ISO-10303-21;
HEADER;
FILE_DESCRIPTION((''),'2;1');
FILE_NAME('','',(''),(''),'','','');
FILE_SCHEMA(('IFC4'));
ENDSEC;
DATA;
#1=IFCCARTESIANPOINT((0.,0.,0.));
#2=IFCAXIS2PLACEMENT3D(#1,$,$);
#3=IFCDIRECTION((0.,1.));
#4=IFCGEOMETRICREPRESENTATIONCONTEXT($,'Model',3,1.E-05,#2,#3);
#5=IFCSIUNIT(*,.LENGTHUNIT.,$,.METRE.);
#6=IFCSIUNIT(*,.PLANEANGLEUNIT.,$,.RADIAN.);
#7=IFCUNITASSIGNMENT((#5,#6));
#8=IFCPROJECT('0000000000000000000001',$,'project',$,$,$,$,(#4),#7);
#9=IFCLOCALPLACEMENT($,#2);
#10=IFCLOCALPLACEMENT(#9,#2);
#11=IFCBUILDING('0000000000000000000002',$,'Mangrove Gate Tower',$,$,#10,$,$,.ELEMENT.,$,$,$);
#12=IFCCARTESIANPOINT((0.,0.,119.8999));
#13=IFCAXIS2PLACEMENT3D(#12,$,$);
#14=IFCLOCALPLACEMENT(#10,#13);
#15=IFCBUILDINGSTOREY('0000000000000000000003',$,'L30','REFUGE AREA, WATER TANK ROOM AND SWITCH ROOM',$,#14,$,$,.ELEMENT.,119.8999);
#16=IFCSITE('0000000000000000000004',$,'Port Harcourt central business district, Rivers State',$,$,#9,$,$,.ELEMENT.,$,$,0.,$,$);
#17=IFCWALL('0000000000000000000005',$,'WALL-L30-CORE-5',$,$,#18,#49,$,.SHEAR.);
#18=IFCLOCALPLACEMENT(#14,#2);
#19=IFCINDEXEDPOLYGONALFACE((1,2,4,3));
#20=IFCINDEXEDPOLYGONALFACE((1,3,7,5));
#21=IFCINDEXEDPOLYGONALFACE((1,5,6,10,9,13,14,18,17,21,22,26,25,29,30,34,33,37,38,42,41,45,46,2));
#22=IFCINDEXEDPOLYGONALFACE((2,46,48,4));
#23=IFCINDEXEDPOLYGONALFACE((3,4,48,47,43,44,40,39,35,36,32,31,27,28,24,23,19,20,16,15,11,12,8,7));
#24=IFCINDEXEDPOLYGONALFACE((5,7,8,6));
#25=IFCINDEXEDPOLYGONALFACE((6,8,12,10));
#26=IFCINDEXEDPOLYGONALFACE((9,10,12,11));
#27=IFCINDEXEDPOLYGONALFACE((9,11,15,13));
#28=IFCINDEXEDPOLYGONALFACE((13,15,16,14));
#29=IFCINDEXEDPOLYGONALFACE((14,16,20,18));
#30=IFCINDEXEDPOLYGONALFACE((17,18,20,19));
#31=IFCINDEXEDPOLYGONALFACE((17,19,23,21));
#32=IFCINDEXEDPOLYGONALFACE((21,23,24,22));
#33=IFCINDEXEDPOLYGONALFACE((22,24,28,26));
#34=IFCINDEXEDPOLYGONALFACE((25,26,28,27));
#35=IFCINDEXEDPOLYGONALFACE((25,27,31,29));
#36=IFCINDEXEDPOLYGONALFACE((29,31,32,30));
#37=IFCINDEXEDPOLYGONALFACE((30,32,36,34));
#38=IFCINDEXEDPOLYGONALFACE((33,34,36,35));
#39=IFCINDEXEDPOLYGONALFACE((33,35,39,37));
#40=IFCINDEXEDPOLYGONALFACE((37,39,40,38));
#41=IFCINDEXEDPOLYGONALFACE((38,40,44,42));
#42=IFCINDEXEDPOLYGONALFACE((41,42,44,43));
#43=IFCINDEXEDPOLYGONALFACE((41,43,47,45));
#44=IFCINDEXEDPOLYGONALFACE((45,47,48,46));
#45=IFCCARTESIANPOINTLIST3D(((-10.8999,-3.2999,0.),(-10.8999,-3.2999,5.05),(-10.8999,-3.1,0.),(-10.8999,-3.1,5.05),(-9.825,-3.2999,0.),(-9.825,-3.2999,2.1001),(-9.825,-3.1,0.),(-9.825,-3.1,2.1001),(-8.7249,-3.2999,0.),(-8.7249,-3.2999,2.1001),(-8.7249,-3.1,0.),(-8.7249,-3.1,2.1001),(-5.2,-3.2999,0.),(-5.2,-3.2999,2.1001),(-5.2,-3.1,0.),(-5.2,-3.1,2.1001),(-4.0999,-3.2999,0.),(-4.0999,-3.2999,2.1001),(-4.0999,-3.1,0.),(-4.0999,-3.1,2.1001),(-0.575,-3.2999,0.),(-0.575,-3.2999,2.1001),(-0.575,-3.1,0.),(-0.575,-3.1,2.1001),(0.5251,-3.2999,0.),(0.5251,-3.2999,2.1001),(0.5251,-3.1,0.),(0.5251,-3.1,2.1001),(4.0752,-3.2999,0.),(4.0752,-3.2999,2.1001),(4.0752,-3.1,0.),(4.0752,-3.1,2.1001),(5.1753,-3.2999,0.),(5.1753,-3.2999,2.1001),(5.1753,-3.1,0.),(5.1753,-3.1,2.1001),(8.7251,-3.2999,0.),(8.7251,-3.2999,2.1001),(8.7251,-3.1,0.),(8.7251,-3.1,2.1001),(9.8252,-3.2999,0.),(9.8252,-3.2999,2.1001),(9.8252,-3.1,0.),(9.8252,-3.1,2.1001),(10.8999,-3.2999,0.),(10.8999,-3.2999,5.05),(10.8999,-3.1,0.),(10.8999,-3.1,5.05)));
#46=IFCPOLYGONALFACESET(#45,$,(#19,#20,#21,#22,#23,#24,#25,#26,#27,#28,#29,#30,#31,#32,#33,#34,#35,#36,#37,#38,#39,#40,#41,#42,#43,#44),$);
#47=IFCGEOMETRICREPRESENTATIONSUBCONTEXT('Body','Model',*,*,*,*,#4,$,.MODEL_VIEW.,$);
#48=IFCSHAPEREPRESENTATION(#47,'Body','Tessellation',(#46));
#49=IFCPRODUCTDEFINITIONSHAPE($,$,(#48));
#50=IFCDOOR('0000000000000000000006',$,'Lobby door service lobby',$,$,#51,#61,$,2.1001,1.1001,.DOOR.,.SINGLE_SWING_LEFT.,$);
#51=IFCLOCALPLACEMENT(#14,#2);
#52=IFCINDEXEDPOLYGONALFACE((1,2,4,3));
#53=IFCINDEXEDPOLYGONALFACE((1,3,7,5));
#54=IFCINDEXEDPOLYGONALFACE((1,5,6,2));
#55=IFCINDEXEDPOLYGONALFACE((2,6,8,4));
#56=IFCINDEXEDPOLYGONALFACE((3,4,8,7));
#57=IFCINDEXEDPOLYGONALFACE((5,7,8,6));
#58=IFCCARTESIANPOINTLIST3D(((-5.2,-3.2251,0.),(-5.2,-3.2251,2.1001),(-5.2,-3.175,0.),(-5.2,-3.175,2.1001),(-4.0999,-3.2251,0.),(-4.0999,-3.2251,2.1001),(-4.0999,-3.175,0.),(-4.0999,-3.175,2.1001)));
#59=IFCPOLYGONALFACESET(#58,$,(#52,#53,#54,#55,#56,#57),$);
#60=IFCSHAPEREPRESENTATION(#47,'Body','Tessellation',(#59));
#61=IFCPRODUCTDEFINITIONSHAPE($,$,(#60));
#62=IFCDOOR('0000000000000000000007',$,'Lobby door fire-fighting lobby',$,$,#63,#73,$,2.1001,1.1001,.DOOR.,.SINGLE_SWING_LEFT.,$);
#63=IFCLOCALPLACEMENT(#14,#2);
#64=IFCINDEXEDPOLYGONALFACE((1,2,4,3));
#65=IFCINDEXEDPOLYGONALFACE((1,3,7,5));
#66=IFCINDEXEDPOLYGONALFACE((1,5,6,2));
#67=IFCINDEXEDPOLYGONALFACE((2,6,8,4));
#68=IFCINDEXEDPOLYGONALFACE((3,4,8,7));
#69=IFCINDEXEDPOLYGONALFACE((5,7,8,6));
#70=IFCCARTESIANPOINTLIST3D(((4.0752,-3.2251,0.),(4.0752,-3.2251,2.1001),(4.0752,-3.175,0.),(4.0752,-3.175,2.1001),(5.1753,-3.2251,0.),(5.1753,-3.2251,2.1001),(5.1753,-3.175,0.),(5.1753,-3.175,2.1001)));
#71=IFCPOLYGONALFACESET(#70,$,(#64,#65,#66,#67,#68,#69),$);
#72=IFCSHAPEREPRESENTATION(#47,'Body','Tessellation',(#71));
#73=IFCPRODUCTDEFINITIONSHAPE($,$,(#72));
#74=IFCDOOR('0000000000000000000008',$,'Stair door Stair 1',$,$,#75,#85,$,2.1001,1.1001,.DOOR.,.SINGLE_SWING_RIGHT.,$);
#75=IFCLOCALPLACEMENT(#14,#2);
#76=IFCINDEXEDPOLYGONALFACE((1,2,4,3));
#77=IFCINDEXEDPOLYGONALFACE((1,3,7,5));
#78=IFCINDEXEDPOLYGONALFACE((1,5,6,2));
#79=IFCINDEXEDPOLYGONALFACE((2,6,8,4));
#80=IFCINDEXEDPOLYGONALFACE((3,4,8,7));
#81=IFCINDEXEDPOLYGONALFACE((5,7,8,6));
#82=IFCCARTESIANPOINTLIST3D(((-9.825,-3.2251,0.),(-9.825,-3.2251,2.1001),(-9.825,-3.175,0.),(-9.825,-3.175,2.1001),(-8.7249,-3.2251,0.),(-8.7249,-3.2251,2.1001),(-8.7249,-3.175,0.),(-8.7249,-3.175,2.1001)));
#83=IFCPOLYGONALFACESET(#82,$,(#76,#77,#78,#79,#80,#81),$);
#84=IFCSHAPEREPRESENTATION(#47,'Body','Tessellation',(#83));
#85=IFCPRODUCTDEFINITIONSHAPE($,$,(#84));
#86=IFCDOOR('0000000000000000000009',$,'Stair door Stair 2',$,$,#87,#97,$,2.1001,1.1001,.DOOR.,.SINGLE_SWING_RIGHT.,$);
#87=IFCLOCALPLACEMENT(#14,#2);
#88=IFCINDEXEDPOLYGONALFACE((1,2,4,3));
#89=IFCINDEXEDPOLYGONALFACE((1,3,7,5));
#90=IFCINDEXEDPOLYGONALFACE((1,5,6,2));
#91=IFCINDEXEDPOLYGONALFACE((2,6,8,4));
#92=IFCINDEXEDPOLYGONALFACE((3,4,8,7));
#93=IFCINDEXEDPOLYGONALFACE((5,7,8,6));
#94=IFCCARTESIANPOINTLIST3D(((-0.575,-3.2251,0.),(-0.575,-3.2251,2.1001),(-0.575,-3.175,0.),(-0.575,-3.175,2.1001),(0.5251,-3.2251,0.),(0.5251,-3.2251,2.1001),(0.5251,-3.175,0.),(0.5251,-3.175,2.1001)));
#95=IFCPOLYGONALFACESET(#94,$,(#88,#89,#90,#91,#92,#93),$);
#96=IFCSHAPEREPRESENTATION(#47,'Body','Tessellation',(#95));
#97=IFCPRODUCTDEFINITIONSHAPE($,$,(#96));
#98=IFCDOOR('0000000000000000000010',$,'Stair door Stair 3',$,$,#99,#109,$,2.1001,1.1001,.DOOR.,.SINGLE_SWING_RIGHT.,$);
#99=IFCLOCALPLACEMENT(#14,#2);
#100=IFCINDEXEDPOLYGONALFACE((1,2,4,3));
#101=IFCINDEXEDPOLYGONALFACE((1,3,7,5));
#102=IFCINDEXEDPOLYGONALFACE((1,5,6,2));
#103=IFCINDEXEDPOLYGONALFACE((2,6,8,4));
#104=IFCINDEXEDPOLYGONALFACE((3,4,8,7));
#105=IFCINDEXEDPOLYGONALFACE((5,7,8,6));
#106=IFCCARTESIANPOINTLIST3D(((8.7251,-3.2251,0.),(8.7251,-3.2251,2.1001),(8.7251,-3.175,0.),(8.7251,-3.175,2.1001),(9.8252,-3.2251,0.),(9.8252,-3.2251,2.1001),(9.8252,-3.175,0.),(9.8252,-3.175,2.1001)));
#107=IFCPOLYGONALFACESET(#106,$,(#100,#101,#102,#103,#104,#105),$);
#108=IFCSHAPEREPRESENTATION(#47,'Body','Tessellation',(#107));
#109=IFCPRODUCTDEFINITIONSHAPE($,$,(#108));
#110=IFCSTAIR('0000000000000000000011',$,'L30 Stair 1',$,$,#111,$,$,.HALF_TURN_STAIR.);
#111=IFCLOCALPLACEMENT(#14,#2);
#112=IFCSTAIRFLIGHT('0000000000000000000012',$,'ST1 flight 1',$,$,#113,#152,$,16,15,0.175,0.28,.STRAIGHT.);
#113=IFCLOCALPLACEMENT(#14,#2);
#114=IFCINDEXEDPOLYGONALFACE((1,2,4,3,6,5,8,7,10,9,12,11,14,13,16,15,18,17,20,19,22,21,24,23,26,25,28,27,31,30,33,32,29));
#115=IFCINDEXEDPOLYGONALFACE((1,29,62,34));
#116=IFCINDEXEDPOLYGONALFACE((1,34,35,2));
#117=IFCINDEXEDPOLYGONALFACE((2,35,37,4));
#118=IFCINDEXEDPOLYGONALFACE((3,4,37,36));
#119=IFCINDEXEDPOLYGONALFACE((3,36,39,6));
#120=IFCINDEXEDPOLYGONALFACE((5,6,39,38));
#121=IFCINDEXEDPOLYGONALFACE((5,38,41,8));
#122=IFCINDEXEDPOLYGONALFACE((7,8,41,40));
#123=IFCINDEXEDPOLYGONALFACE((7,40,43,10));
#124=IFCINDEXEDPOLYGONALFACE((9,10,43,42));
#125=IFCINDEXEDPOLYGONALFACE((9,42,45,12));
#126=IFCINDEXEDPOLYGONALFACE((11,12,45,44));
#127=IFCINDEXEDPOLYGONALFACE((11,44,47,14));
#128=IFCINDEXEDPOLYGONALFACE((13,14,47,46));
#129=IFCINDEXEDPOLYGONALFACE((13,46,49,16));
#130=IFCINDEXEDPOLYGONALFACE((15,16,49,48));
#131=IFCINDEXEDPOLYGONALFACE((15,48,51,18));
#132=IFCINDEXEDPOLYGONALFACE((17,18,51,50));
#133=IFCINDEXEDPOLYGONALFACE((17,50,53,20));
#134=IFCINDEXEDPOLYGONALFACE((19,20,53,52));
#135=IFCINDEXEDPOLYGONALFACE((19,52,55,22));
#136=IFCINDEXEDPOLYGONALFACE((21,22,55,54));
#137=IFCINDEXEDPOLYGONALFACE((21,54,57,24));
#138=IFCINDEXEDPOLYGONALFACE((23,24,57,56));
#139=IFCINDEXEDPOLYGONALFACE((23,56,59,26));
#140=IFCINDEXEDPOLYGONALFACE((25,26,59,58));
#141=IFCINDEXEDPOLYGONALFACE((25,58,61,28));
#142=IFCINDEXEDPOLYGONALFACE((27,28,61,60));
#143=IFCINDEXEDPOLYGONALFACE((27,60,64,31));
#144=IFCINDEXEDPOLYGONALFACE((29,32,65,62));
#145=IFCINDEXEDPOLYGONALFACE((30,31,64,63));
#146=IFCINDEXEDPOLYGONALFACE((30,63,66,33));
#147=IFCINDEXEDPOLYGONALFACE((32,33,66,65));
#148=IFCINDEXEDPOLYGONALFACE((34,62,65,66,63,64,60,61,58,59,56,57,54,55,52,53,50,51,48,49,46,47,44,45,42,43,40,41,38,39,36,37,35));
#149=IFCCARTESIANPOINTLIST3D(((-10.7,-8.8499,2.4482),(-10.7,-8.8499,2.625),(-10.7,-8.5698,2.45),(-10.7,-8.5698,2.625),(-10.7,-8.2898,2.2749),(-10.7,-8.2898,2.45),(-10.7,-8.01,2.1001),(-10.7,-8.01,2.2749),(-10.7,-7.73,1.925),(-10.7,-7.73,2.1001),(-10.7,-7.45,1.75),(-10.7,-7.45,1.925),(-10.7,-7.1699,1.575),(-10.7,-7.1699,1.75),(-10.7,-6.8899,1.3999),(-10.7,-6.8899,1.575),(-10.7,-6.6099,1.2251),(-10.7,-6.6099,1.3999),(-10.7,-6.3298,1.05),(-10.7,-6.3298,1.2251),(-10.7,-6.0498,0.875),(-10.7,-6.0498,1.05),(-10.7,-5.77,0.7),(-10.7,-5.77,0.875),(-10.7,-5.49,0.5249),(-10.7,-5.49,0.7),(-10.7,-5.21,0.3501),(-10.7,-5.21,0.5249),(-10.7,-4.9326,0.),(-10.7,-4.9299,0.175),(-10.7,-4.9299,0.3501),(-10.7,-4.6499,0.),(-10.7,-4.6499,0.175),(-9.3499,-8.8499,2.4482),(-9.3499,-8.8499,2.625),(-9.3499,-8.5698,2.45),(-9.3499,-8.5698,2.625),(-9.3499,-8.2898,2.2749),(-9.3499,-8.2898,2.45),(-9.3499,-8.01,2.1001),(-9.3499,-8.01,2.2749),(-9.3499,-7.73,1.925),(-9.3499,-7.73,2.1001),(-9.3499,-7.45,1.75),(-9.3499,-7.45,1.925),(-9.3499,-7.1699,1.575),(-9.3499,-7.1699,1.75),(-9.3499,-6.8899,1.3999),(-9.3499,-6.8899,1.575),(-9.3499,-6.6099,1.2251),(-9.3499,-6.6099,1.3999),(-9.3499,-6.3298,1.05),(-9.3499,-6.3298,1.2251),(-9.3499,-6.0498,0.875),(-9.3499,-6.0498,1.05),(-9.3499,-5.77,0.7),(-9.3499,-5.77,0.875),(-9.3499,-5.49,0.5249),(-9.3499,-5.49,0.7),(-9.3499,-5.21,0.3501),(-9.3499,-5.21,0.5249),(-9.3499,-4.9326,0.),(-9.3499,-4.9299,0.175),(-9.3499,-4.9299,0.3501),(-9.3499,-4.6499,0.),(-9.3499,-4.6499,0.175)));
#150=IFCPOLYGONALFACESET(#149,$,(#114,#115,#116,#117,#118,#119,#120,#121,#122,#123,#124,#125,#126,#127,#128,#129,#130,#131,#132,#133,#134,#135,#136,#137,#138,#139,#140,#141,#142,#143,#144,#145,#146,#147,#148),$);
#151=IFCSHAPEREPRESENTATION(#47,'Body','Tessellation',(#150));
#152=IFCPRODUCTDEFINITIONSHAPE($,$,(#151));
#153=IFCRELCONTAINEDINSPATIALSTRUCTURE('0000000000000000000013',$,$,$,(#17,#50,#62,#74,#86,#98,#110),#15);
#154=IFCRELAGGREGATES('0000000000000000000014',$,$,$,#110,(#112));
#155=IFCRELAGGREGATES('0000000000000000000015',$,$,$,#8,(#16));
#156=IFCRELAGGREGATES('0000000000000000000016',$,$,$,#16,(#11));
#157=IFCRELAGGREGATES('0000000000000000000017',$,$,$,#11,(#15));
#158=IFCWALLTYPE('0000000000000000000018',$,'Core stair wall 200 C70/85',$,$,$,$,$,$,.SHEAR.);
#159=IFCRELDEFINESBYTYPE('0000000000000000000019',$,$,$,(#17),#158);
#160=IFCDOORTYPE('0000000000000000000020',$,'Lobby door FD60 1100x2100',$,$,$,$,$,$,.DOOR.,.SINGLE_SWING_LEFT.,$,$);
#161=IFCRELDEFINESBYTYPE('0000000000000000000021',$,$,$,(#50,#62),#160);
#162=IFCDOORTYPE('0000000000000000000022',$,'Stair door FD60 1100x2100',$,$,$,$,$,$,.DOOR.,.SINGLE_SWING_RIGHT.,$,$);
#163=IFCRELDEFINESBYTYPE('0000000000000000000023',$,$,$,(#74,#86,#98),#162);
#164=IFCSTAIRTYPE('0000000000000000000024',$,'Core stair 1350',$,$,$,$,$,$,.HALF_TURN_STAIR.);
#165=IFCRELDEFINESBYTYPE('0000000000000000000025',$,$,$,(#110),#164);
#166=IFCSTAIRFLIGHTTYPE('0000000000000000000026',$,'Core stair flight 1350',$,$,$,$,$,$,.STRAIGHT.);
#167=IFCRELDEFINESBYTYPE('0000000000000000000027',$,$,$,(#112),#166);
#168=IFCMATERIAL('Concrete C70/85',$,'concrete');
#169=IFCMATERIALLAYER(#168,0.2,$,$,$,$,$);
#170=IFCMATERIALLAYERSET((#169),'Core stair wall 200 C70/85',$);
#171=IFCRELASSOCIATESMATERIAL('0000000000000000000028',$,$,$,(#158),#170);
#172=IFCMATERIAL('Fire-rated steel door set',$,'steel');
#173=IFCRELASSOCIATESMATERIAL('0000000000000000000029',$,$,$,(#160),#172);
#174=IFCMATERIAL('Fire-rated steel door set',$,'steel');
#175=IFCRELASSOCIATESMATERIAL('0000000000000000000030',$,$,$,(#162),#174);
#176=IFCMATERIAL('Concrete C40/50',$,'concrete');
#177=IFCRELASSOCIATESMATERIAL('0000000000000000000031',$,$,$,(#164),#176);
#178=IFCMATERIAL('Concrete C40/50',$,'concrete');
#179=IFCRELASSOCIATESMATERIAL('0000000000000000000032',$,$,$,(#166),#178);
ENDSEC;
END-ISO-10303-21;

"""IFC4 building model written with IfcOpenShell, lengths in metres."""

from ifc_helpers import new_model, si_unit, direction, frame, frame_2d, origin, place, context, subcontext, project, spatial, polyline, rectangle, outline, extrude, material, layer, layer_set, type_object, element, fill, aggregate, save


model = new_model("IFC4")

# Units and contexts
model_context = context("Model", 3, precision=1e-05, world=origin(), true_north=direction((0.0, 1.0)))
body_context = subcontext(model_context, "Body", "Model", "MODEL_VIEW")
ifc_project = project(units=[si_unit("LENGTHUNIT", "METRE"), si_unit("PLANEANGLEUNIT", "RADIAN")], contexts=[model_context])

# Site, building, storey
site_placement = place(None, origin())
site = spatial("IfcSite", under=ifc_project, at=site_placement, Name="Port Harcourt central business district, Rivers State", CompositionType="ELEMENT", RefElevation=0.0)
building_placement = place(site_placement, origin())
building = spatial("IfcBuilding", under=site, at=building_placement, Name="Mangrove Gate Tower", CompositionType="ELEMENT")
storey_placement = place(building_placement, frame((0.0, 0.0, 119.8999)))
storey = spatial("IfcBuildingStorey", under=building, at=storey_placement, Name="L30", Description="REFUGE AREA, WATER TANK ROOM AND SWITCH ROOM", CompositionType="ELEMENT", Elevation=119.8999)

# Wall, openings, doors
ifc_material_1 = material(Name="Concrete C70/85", Category="concrete")
ifc_layer_1 = layer(ifc_material_1, 0.2)
ifc_layer_set_1 = layer_set([ifc_layer_1], Name="Core stair wall 200 C70/85")
wall_type_1 = type_object("IfcWallType", Name="Core stair wall 200 C70/85", PredefinedType="SHEAR", material=ifc_layer_set_1)
wall_1_placement = place(storey_placement, frame((-10.8999, -3.2, 0.0), z_axis=(0.0, 0.0, 1.0), x_axis=(1.0, 0.0, 0.0)))
wall_1 = element("IfcWall", 1, at=wall_1_placement, inside=storey, type_object=wall_type_1, Name="WALL-L30-CORE-5", PredefinedType="SHEAR", context=body_context, shape_type="SweptSolid", body=[
    extrude(rectangle(XDim=21.7998, YDim=0.2, at=frame_2d((10.8999, 0.0))), origin(), (0.0, 0.0, 1.0), 5.05),
])
opening_1_placement = place(wall_1_placement, frame((1.075, 0.0, 0.0)))
opening_1 = element("IfcOpeningElement", 2, at=opening_1_placement, cuts=wall_1, PredefinedType="OPENING", context=body_context, shape_type="SweptSolid", body=[
    extrude(rectangle(XDim=1.1001, YDim=2.1001, at=frame_2d((0.55, 1.05))), frame((0.0, 0.1099, 0.0), z_axis=(0.0, -1.0, 0.0), x_axis=(1.0, 0.0, 0.0)), (0.0, 0.0, 1.0), 0.22),
])
opening_2_placement = place(wall_1_placement, frame((10.325, 0.0, 0.0)))
opening_2 = element("IfcOpeningElement", 3, at=opening_2_placement, cuts=wall_1, PredefinedType="OPENING", context=body_context, shape_type="SweptSolid", body=[
    extrude(rectangle(XDim=1.1001, YDim=2.1001, at=frame_2d((0.55, 1.05))), frame((0.0, 0.1099, 0.0), z_axis=(0.0, -1.0, 0.0), x_axis=(1.0, 0.0, 0.0)), (0.0, 0.0, 1.0), 0.22),
])
opening_3_placement = place(wall_1_placement, frame((19.625, 0.0, 0.0)))
opening_3 = element("IfcOpeningElement", 4, at=opening_3_placement, cuts=wall_1, PredefinedType="OPENING", context=body_context, shape_type="SweptSolid", body=[
    extrude(rectangle(XDim=1.1001, YDim=2.1001, at=frame_2d((0.55, 1.05))), frame((0.0, 0.1099, 0.0), z_axis=(0.0, -1.0, 0.0), x_axis=(1.0, 0.0, 0.0)), (0.0, 0.0, 1.0), 0.22),
])
opening_4_placement = place(wall_1_placement, frame((5.7, 0.0, 0.0)))
opening_4 = element("IfcOpeningElement", 5, at=opening_4_placement, cuts=wall_1, PredefinedType="OPENING", context=body_context, shape_type="SweptSolid", body=[
    extrude(rectangle(XDim=1.1001, YDim=2.1001, at=frame_2d((0.55, 1.05))), frame((0.0, 0.1099, 0.0), z_axis=(0.0, -1.0, 0.0), x_axis=(1.0, 0.0, 0.0)), (0.0, 0.0, 1.0), 0.22),
])
opening_5_placement = place(wall_1_placement, frame((14.9751, 0.0, 0.0)))
opening_5 = element("IfcOpeningElement", 6, at=opening_5_placement, cuts=wall_1, PredefinedType="OPENING", context=body_context, shape_type="SweptSolid", body=[
    extrude(rectangle(XDim=1.1001, YDim=2.1001, at=frame_2d((0.55, 1.05))), frame((0.0, 0.1099, 0.0), z_axis=(0.0, -1.0, 0.0), x_axis=(1.0, 0.0, 0.0)), (0.0, 0.0, 1.0), 0.22),
])
ifc_material_2 = material(Name="Fire-rated steel door set", Category="steel")
door_type_1 = type_object("IfcDoorType", Name="Lobby door FD60 1100x2100", OperationType="SINGLE_SWING_LEFT", PredefinedType="DOOR", material=ifc_material_2)
door_1_placement = place(opening_4_placement, origin())
door_1 = element("IfcDoor", 7, at=door_1_placement, inside=storey, type_object=door_type_1, Name="Lobby door service lobby", OperationType="SINGLE_SWING_LEFT", OverallHeight=2.1001, OverallWidth=1.1001, PredefinedType="DOOR", context=body_context, shape_type="SweptSolid", body=[
    extrude(rectangle(XDim=1.1001, YDim=2.1001, at=frame_2d((0.55, 1.05))), frame((0.0, 0.0249, 0.0), z_axis=(0.0, -1.0, 0.0), x_axis=(1.0, 0.0, 0.0)), (0.0, 0.0, 1.0), 0.05),
])
fill(opening_4, door_1)
door_2_placement = place(opening_5_placement, origin())
door_2 = element("IfcDoor", 8, at=door_2_placement, inside=storey, type_object=door_type_1, Name="Lobby door fire-fighting lobby", OperationType="SINGLE_SWING_LEFT", OverallHeight=2.1001, OverallWidth=1.1001, PredefinedType="DOOR", context=body_context, shape_type="SweptSolid", body=[
    extrude(rectangle(XDim=1.1001, YDim=2.1001, at=frame_2d((0.55, 1.05))), frame((0.0, 0.0249, 0.0), z_axis=(0.0, -1.0, 0.0), x_axis=(1.0, 0.0, 0.0)), (0.0, 0.0, 1.0), 0.05),
])
fill(opening_5, door_2)
ifc_material_3 = material(Name="Fire-rated steel door set", Category="steel")
door_type_2 = type_object("IfcDoorType", Name="Stair door FD60 1100x2100", OperationType="SINGLE_SWING_RIGHT", PredefinedType="DOOR", material=ifc_material_3)
door_3_placement = place(opening_1_placement, origin())
door_3 = element("IfcDoor", 9, at=door_3_placement, inside=storey, type_object=door_type_2, Name="Stair door Stair 1", OperationType="SINGLE_SWING_RIGHT", OverallHeight=2.1001, OverallWidth=1.1001, PredefinedType="DOOR", context=body_context, shape_type="SweptSolid", body=[
    extrude(rectangle(XDim=1.1001, YDim=2.1001, at=frame_2d((0.55, 1.05))), frame((0.0, 0.0249, 0.0), z_axis=(0.0, -1.0, 0.0), x_axis=(1.0, 0.0, 0.0)), (0.0, 0.0, 1.0), 0.05),
])
fill(opening_1, door_3)
door_4_placement = place(opening_2_placement, origin())
door_4 = element("IfcDoor", 10, at=door_4_placement, inside=storey, type_object=door_type_2, Name="Stair door Stair 2", OperationType="SINGLE_SWING_RIGHT", OverallHeight=2.1001, OverallWidth=1.1001, PredefinedType="DOOR", context=body_context, shape_type="SweptSolid", body=[
    extrude(rectangle(XDim=1.1001, YDim=2.1001, at=frame_2d((0.55, 1.05))), frame((0.0, 0.0249, 0.0), z_axis=(0.0, -1.0, 0.0), x_axis=(1.0, 0.0, 0.0)), (0.0, 0.0, 1.0), 0.05),
])
fill(opening_2, door_4)
door_5_placement = place(opening_3_placement, origin())
door_5 = element("IfcDoor", 11, at=door_5_placement, inside=storey, type_object=door_type_2, Name="Stair door Stair 3", OperationType="SINGLE_SWING_RIGHT", OverallHeight=2.1001, OverallWidth=1.1001, PredefinedType="DOOR", context=body_context, shape_type="SweptSolid", body=[
    extrude(rectangle(XDim=1.1001, YDim=2.1001, at=frame_2d((0.55, 1.05))), frame((0.0, 0.0249, 0.0), z_axis=(0.0, -1.0, 0.0), x_axis=(1.0, 0.0, 0.0)), (0.0, 0.0, 1.0), 0.05),
])
fill(opening_3, door_5)

# Stair, stair flight
ifc_material_4 = material(Name="Concrete C40/50", Category="concrete")
stair_type = type_object("IfcStairType", Name="Core stair 1350", PredefinedType="HALF_TURN_STAIR", material=ifc_material_4)
stair_placement = place(storey_placement, origin())
stair = element("IfcStair", 12, at=stair_placement, inside=storey, type_object=stair_type, Name="L30 Stair 1", PredefinedType="HALF_TURN_STAIR")
ifc_material_5 = material(Name="Concrete C40/50", Category="concrete")
stair_flight_type = type_object("IfcStairFlightType", Name="Core stair flight 1350", PredefinedType="STRAIGHT", material=ifc_material_5)
stair_flight_1_placement = place(storey_placement, frame((-10.0249, -4.6499, 0.0), z_axis=(0.0, 0.0, 1.0), x_axis=(0.0, -1.0, 0.0)))
stair_flight_1 = element("IfcStairFlight", 13, at=stair_flight_1_placement, type_object=stair_flight_type, Name="ST1 flight 1", NumberOfRisers=16, NumberOfTreads=15, PredefinedType="STRAIGHT", RiserHeight=0.175, TreadLength=0.28, context=body_context, shape_type="SweptSolid", body=[
    extrude(outline(polyline([(0.0, 0.0), (0.0, 0.175), (0.28, 0.175), (0.28, 0.3501), (0.5601, 0.3501), (0.5601, 0.5249), (0.8401, 0.5249), (0.8401, 0.7), (1.1201, 0.7), (1.1201, 0.875), (1.3999, 0.875), (1.3999, 1.05), (1.6799, 1.05), (1.6799, 1.2251), (1.96, 1.2251), (1.96, 1.3999), (2.24, 1.3999), (2.24, 1.575), (2.52, 1.575), (2.52, 1.75), (2.8, 1.75), (2.8, 1.925), (3.0801, 1.925), (3.0801, 2.1001), (3.3601, 2.1001), (3.3601, 2.2749), (3.6399, 2.2749), (3.6399, 2.45), (3.9199, 2.45), (3.9199, 2.625), (4.2, 2.625), (4.2, 2.8), (4.2, 2.4482), (0.2827, 0.0), (0.0, 0.0)])), frame((0.0, 0.675, 0.0), z_axis=(0.0, -1.0, 0.0), x_axis=(1.0, 0.0, 0.0)), (0.0, 0.0, 1.0), 1.3501),
])
aggregate(stair, [stair_flight_1])

save(model, "model.ifc")
